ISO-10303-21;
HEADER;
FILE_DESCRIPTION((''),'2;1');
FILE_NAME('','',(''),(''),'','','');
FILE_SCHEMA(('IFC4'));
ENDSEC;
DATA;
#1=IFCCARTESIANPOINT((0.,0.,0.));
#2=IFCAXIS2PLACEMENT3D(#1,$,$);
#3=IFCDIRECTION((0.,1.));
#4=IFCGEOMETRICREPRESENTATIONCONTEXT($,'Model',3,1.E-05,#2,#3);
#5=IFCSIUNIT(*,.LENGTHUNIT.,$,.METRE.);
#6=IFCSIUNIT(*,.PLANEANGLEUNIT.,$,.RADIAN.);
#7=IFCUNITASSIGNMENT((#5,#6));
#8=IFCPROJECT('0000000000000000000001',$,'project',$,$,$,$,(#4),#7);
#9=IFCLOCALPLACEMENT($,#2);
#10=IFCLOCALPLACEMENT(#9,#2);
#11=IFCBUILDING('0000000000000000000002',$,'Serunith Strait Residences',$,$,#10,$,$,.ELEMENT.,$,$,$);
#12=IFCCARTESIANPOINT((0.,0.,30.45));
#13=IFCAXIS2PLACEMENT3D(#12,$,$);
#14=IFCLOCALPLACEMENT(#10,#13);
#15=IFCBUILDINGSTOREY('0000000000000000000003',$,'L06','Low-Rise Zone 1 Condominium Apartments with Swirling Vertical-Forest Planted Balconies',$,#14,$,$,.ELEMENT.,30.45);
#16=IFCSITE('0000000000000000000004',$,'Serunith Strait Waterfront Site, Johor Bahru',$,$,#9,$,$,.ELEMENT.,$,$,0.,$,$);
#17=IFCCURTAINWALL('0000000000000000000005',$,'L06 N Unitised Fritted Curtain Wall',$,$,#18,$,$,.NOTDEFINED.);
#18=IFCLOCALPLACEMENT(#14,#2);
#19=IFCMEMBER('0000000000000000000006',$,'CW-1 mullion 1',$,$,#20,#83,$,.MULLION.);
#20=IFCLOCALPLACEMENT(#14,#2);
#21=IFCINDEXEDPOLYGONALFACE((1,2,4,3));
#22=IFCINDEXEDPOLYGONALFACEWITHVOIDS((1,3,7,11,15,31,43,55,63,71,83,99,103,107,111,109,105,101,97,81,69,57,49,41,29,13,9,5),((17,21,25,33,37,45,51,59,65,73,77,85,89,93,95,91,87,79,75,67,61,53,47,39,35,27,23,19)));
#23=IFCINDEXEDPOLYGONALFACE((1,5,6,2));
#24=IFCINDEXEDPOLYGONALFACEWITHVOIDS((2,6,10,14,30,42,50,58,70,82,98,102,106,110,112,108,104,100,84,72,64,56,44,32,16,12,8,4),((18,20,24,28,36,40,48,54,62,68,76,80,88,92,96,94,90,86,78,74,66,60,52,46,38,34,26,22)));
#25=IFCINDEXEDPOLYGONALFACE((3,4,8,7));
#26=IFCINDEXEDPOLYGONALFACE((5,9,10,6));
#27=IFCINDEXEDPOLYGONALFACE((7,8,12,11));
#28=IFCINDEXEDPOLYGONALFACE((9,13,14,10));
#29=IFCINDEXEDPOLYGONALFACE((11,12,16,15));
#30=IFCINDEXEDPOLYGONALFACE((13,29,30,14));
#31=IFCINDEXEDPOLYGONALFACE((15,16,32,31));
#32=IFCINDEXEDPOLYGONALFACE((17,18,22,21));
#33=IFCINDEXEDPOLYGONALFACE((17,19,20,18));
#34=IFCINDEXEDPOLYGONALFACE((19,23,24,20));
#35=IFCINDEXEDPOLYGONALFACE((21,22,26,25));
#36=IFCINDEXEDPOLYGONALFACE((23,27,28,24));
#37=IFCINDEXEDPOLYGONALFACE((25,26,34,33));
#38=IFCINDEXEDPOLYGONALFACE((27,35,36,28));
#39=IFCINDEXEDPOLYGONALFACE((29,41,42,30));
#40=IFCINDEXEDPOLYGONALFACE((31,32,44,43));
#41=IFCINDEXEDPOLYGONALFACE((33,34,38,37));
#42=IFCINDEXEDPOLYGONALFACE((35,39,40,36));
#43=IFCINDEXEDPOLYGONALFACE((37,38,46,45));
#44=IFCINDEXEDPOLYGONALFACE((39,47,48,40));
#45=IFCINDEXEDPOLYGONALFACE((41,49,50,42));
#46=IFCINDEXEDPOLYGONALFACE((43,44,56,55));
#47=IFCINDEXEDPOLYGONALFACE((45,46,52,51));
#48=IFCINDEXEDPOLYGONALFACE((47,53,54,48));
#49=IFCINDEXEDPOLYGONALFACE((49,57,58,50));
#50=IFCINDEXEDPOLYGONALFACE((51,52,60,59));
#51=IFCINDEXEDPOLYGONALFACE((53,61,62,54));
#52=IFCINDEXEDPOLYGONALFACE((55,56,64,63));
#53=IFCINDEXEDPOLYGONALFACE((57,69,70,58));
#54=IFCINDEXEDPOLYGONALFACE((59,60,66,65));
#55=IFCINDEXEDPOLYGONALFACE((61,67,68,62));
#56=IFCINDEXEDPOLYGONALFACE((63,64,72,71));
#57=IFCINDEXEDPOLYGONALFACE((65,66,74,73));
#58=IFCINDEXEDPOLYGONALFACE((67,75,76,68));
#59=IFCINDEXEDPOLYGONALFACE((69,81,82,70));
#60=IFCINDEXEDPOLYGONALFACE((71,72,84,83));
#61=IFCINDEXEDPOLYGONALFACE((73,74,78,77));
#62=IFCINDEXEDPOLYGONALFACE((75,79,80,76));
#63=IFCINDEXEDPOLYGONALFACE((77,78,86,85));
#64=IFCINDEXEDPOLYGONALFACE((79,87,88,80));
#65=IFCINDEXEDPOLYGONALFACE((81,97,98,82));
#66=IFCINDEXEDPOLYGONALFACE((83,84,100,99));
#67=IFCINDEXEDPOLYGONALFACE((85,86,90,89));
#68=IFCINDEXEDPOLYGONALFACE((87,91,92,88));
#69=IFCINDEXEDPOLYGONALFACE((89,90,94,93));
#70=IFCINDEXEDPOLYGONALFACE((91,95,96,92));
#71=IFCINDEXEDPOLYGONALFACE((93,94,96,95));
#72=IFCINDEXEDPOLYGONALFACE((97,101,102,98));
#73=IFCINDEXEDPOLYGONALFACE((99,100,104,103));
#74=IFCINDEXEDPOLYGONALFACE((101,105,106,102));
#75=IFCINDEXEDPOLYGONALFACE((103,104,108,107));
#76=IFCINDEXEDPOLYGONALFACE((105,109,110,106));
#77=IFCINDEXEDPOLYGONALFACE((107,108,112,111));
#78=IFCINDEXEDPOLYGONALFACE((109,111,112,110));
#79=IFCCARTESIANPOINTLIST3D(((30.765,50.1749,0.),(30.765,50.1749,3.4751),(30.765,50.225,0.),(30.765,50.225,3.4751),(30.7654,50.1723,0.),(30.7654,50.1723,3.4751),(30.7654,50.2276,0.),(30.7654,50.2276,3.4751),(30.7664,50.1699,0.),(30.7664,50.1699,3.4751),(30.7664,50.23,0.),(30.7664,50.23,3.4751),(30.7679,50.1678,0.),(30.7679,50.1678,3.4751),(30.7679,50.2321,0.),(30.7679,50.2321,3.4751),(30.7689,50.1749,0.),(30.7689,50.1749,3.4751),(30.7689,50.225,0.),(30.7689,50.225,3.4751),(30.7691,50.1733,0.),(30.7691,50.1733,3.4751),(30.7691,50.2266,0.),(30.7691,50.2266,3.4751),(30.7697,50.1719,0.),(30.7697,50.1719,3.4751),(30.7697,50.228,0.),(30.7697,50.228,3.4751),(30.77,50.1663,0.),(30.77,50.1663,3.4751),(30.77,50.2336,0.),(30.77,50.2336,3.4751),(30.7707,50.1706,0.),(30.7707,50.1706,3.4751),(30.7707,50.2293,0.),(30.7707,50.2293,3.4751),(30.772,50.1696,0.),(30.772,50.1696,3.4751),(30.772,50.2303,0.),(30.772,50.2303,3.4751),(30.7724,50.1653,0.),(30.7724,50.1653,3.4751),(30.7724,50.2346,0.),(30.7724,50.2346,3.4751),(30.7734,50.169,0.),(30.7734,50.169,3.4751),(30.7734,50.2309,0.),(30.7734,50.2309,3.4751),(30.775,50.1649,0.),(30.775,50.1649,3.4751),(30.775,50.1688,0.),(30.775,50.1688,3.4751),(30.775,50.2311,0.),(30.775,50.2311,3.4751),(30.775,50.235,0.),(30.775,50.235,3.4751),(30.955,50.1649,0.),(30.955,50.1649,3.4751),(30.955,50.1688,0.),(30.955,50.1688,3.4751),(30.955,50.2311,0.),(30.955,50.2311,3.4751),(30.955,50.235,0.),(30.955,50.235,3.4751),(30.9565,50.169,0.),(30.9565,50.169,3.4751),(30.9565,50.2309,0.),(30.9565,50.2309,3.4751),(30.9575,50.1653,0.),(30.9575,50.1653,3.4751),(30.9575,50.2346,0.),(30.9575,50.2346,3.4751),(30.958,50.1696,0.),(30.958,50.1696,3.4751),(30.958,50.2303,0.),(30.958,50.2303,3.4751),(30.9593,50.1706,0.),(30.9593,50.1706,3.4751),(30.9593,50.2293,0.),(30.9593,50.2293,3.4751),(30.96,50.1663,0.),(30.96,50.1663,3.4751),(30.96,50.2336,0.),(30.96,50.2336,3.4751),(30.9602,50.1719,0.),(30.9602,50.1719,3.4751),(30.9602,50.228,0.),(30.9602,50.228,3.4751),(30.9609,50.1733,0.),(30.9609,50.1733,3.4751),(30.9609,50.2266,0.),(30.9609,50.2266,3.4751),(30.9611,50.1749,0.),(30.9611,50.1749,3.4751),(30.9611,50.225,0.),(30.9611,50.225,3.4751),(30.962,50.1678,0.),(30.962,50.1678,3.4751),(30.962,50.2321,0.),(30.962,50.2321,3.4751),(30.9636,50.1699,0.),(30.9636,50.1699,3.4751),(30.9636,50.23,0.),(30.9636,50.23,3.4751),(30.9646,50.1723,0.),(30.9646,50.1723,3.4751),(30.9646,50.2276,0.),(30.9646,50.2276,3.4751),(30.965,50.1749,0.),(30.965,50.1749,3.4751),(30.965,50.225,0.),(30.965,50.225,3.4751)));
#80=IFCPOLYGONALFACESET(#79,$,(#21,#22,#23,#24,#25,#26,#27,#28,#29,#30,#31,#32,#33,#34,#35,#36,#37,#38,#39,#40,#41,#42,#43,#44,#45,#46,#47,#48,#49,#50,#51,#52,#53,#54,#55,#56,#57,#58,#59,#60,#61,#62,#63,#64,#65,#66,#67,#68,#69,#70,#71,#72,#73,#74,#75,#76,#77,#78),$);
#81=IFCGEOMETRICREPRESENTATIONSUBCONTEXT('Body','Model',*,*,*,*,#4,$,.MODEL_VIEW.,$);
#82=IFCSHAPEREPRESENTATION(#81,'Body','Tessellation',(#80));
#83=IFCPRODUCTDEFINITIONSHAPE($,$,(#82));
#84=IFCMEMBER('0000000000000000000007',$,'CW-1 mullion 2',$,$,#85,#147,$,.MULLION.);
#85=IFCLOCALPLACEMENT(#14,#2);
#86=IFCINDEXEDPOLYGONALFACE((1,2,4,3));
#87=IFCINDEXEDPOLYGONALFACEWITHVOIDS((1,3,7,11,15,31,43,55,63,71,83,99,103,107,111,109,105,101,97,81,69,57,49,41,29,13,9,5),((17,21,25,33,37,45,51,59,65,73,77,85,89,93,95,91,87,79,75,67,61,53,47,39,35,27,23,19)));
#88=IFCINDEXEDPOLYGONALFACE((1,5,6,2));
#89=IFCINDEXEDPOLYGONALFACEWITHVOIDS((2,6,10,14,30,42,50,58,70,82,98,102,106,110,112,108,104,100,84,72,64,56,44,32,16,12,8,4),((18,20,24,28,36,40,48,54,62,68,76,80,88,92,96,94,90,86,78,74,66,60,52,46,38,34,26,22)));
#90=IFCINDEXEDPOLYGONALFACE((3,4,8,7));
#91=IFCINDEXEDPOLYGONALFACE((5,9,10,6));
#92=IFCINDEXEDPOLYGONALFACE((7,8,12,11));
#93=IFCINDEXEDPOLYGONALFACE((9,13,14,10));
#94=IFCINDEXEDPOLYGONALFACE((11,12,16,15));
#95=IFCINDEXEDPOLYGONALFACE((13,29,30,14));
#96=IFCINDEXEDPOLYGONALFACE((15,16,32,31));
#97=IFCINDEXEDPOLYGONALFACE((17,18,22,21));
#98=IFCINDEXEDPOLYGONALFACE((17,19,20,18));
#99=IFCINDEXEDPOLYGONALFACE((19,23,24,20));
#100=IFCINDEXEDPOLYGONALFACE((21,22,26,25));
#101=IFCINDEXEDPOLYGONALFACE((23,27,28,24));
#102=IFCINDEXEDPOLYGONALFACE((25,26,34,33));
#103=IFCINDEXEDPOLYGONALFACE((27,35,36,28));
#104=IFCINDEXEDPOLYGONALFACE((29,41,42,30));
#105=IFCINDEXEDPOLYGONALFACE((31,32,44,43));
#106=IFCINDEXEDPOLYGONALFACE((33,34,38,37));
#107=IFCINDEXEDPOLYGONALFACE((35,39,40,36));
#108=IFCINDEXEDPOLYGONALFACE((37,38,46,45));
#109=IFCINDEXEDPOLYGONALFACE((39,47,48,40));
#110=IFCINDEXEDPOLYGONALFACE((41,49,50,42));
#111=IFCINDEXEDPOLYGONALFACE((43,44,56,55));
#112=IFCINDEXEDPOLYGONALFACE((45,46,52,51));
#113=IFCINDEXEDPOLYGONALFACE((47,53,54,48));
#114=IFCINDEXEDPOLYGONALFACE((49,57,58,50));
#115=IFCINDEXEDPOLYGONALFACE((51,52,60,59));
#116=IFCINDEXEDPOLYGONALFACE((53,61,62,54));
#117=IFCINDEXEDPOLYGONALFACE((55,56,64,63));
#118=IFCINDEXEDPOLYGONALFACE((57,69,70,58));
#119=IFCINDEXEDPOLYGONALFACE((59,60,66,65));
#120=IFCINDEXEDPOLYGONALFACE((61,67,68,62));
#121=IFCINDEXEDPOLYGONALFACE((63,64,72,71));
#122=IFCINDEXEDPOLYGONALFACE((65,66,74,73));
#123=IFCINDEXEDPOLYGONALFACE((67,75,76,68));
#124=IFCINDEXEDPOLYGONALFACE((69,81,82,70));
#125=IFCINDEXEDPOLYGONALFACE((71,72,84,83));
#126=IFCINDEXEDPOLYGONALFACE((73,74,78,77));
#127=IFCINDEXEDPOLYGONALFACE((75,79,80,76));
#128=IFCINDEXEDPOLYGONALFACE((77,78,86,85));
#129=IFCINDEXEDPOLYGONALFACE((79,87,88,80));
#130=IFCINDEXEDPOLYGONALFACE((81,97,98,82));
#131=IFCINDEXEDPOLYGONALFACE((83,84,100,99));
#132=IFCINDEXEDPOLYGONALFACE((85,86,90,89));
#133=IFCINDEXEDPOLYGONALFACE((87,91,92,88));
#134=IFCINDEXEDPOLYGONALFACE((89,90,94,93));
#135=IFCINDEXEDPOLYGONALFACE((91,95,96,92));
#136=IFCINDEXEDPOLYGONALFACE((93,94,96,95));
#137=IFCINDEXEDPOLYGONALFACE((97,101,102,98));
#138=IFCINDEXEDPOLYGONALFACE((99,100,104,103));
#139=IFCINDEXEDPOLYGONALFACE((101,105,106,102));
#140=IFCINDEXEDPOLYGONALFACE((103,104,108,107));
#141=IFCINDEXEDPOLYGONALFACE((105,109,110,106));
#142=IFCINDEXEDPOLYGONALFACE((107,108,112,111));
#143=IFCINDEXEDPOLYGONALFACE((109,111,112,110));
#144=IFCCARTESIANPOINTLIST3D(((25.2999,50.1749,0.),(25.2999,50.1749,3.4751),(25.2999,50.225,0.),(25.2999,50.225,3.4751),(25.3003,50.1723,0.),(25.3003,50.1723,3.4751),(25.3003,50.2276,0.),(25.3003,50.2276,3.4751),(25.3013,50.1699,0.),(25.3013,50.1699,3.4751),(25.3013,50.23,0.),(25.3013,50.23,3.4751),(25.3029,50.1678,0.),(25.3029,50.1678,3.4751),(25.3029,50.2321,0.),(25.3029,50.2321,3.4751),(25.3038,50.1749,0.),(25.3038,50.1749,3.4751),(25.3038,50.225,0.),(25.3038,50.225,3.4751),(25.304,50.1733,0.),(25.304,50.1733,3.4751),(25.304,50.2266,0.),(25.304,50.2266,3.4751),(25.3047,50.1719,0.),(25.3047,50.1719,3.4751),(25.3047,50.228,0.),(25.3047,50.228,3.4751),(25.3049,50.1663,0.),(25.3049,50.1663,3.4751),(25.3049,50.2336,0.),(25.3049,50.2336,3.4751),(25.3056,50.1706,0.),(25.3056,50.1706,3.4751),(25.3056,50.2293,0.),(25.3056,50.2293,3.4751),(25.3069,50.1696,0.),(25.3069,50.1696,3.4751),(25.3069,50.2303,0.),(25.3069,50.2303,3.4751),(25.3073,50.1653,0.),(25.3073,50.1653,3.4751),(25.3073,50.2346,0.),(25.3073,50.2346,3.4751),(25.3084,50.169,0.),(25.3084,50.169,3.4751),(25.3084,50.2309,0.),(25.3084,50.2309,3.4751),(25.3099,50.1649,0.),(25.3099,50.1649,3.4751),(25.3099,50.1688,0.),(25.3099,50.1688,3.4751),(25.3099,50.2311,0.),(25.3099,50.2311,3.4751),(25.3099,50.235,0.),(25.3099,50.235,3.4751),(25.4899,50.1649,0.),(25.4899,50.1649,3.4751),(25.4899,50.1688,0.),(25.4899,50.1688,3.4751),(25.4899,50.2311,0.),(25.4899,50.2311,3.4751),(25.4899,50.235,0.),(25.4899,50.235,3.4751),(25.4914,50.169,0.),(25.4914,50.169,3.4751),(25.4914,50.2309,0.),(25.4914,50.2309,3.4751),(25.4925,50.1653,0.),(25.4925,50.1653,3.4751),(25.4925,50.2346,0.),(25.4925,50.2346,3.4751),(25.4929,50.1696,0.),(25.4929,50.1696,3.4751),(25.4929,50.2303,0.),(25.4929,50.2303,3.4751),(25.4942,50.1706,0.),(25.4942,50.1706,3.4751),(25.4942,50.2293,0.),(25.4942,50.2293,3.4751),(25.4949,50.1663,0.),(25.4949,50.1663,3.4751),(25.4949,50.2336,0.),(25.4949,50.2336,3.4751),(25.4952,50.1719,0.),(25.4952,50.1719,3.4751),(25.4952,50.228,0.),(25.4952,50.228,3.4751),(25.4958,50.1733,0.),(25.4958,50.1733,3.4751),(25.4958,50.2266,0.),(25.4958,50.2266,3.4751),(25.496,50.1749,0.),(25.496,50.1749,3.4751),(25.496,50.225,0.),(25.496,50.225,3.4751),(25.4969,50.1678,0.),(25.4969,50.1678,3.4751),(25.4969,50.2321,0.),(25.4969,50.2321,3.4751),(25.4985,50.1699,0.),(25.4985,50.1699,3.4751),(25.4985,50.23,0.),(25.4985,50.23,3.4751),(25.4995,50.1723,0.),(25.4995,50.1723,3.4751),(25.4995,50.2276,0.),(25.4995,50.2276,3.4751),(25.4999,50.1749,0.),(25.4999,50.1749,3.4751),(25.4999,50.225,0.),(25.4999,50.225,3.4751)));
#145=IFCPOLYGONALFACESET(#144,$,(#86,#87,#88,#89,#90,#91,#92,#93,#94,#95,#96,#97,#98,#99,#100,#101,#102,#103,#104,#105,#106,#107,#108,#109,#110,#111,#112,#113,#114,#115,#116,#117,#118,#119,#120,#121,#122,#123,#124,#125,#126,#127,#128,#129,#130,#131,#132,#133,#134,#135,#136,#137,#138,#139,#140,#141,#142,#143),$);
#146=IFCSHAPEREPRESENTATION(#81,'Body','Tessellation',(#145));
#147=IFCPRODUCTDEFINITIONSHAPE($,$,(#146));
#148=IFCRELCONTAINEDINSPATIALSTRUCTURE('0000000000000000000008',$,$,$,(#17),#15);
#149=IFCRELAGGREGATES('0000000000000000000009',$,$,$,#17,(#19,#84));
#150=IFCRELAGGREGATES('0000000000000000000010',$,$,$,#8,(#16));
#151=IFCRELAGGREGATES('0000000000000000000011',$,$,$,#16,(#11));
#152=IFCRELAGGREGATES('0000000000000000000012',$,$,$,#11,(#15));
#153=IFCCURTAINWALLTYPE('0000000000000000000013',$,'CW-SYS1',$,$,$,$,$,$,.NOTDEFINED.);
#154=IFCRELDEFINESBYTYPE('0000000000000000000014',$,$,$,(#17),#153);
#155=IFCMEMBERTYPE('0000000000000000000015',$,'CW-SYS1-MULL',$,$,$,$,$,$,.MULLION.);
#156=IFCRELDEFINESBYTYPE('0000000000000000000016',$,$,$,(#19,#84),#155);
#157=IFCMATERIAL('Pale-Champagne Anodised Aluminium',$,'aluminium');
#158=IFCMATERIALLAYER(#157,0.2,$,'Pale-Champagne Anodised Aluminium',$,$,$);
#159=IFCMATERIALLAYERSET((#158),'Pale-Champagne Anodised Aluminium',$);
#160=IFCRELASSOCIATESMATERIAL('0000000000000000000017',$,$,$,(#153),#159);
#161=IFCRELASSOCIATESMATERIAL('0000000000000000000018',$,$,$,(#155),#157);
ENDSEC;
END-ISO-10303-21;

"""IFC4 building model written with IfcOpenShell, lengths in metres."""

from ifc_helpers import new_model, si_unit, direction, frame, origin, origin_2d, place, context, subcontext, project, spatial, hollow_rectangle, extrude, source, transform, mapped, material, layer, layer_set, material_profile, profile_set, type_object, element, aggregate, save


model = new_model("IFC4")

# Units and contexts
model_context = context("Model", 3, precision=1e-05, world=origin(), true_north=direction((0.0, 1.0)))
body_context = subcontext(model_context, "Body", "Model", "MODEL_VIEW")
ifc_project = project(units=[si_unit("LENGTHUNIT", "METRE"), si_unit("PLANEANGLEUNIT", "RADIAN")], contexts=[model_context])

# Site, building, storey
site_placement = place(None, origin())
site = spatial("IfcSite", under=ifc_project, at=site_placement, Name="Serunith Strait Waterfront Site, Johor Bahru", CompositionType="ELEMENT", RefElevation=0.0)
building_placement = place(site_placement, origin())
building = spatial("IfcBuilding", under=site, at=building_placement, Name="Serunith Strait Residences", CompositionType="ELEMENT")
storey_placement = place(building_placement, frame((0.0, 0.0, 30.45)))
storey = spatial("IfcBuildingStorey", under=building, at=storey_placement, Name="L06", Description="Low-Rise Zone 1 Condominium Apartments with Swirling Vertical-Forest Planted Balconies", CompositionType="ELEMENT", Elevation=30.45)

# Curtain wall, members
ifc_material_1 = material(Name="Pale-Champagne Anodised Aluminium", Category="aluminium")
ifc_layer_1 = layer(ifc_material_1, 0.2, Name="Pale-Champagne Anodised Aluminium")
ifc_layer_set_1 = layer_set([ifc_layer_1], Name="Pale-Champagne Anodised Aluminium")
curtain_wall_type = type_object("IfcCurtainWallType", Name="CW-SYS1", PredefinedType="NOTDEFINED", material=ifc_layer_set_1)
curtain_wall_placement = place(storey_placement, origin())
curtain_wall = element("IfcCurtainWall", 1, at=curtain_wall_placement, inside=storey, type_object=curtain_wall_type, Name="L06 N Unitised Fritted Curtain Wall", PredefinedType="NOTDEFINED")
ifc_material_profile_1 = material_profile(ifc_material_1, hollow_rectangle(XDim=0.0701, YDim=0.2, WallThickness=0.0039, InnerFilletRadius=0.0061, OuterFilletRadius=0.01, at=origin_2d()), Name="ALU 200x70x4")
ifc_profile_set_1 = profile_set([ifc_material_profile_1], Name="Pale-Champagne Anodised Aluminium")
member_type_1 = type_object("IfcMemberType", Name="CW-SYS1-MULL", PredefinedType="MULLION", material=ifc_profile_set_1)
shared_shape_1 = source(origin(), body_context, "Body", "SweptSolid", [
    extrude(hollow_rectangle(XDim=0.0701, YDim=0.2, WallThickness=0.0039, InnerFilletRadius=0.0061, OuterFilletRadius=0.01, at=origin_2d()), origin(), (0.0, 0.0, 1.0), 3.4751),
])
member_1_placement = place(storey_placement, frame((30.865, 50.2, 0.0), z_axis=(0.0, 0.0, 1.0), x_axis=(0.0, -1.0, 0.0)))
member_1 = element("IfcMember", 2, at=member_1_placement, type_object=member_type_1, Name="CW-1 mullion 1", PredefinedType="MULLION", context=body_context, shape_type="MappedRepresentation", body=[
    mapped(shared_shape_1, transform((0.0, 0.0, 0.0), scale=1.0)),
])
member_2_placement = place(storey_placement, frame((25.3999, 50.2, 0.0), z_axis=(0.0, 0.0, 1.0), x_axis=(0.0, -1.0, 0.0)))
member_2 = element("IfcMember", 3, at=member_2_placement, type_object=member_type_1, Name="CW-1 mullion 2", PredefinedType="MULLION", context=body_context, shape_type="MappedRepresentation", body=[
    mapped(shared_shape_1, transform((0.0, 0.0, 0.0), scale=1.0)),
])
aggregate(curtain_wall, [member_1, member_2])

save(model, "model.ifc")
